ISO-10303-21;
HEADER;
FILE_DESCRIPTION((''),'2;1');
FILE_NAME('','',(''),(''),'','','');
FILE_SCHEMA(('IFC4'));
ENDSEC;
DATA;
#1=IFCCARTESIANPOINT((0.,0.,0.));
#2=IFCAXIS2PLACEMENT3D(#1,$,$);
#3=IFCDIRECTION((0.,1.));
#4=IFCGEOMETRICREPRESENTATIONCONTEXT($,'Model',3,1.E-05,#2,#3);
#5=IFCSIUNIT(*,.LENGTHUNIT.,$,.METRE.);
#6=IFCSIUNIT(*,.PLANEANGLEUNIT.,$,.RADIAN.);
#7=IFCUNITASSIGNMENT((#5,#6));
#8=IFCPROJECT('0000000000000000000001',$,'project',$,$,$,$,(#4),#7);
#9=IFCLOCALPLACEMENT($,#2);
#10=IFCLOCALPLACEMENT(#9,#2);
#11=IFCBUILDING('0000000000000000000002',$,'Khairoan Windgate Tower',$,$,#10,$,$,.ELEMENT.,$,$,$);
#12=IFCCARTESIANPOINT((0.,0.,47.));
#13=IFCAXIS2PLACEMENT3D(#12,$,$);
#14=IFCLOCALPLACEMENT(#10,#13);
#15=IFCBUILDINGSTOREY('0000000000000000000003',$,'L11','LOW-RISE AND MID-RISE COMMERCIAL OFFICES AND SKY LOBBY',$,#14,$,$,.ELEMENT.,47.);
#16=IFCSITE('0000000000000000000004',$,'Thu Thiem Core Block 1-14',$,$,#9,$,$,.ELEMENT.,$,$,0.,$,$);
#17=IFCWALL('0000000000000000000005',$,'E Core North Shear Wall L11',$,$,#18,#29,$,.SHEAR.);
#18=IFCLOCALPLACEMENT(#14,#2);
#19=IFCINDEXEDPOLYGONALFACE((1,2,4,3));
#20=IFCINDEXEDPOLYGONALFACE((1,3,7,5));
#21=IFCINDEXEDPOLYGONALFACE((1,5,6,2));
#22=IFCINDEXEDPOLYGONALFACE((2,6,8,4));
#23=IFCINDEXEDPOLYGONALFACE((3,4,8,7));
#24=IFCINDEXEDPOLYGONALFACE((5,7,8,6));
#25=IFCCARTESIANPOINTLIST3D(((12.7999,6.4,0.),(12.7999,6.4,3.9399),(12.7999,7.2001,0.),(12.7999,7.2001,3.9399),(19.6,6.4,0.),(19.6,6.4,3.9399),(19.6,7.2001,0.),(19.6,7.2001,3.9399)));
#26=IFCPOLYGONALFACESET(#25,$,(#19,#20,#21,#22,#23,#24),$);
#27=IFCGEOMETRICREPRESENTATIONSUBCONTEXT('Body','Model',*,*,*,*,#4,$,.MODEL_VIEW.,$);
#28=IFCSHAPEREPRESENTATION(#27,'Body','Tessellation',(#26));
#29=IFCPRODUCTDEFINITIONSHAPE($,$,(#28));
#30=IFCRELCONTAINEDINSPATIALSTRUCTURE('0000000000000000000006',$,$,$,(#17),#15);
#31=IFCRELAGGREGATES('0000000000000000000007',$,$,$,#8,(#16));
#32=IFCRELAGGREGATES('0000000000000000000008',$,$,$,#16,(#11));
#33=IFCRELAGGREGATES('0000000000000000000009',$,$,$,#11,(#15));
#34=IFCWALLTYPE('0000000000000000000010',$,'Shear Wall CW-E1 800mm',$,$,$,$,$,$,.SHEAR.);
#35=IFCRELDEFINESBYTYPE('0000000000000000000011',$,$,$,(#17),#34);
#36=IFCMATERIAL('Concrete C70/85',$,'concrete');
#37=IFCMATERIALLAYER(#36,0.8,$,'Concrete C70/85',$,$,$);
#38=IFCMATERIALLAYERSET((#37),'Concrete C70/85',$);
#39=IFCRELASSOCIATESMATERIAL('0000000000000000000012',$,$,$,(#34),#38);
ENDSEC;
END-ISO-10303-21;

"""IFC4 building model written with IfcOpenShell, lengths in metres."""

from ifc_helpers import new_model, si_unit, direction, frame, frame_2d, origin, place, context, subcontext, project, spatial, rectangle, extrude, material, layer, layer_set, type_object, element, save


model = new_model("IFC4")

# Units and contexts
model_context = context("Model", 3, precision=1e-05, world=origin(), true_north=direction((0.0, 1.0)))
body_context = subcontext(model_context, "Body", "Model", "MODEL_VIEW")
ifc_project = project(units=[si_unit("LENGTHUNIT", "METRE"), si_unit("PLANEANGLEUNIT", "RADIAN")], contexts=[model_context])

# Site, building, storey
site_placement = place(None, origin())
site = spatial("IfcSite", under=ifc_project, at=site_placement, Name="Thu Thiem Core Block 1-14", CompositionType="ELEMENT", RefElevation=0.0)
building_placement = place(site_placement, origin())
building = spatial("IfcBuilding", under=site, at=building_placement, Name="Khairoan Windgate Tower", CompositionType="ELEMENT")
storey_placement = place(building_placement, frame((0.0, 0.0, 47.0)))
storey = spatial("IfcBuildingStorey", under=building, at=storey_placement, Name="L11", Description="LOW-RISE AND MID-RISE COMMERCIAL OFFICES AND SKY LOBBY", CompositionType="ELEMENT", Elevation=47.0)

# Wall
ifc_material_1 = material(Name="Concrete C70/85", Category="concrete")
ifc_layer_1 = layer(ifc_material_1, 0.8, Name="Concrete C70/85")
ifc_layer_set_1 = layer_set([ifc_layer_1], Name="Concrete C70/85")
wall_type_1 = type_object("IfcWallType", Name="Shear Wall CW-E1 800mm", PredefinedType="SHEAR", material=ifc_layer_set_1)
wall_1_placement = place(storey_placement, frame((12.8, 6.8, 0.0), z_axis=(0.0, 0.0, 1.0), x_axis=(1.0, 0.0, 0.0)))
element("IfcWall", 1, at=wall_1_placement, inside=storey, type_object=wall_type_1, Name="E Core North Shear Wall L11", PredefinedType="SHEAR", context=body_context, shape_type="SweptSolid", body=[
    extrude(rectangle(XDim=6.8, YDim=0.8, at=frame_2d((3.3999, 0.0))), origin(), (0.0, 0.0, 1.0), 3.9399),
])

save(model, "model.ifc")
